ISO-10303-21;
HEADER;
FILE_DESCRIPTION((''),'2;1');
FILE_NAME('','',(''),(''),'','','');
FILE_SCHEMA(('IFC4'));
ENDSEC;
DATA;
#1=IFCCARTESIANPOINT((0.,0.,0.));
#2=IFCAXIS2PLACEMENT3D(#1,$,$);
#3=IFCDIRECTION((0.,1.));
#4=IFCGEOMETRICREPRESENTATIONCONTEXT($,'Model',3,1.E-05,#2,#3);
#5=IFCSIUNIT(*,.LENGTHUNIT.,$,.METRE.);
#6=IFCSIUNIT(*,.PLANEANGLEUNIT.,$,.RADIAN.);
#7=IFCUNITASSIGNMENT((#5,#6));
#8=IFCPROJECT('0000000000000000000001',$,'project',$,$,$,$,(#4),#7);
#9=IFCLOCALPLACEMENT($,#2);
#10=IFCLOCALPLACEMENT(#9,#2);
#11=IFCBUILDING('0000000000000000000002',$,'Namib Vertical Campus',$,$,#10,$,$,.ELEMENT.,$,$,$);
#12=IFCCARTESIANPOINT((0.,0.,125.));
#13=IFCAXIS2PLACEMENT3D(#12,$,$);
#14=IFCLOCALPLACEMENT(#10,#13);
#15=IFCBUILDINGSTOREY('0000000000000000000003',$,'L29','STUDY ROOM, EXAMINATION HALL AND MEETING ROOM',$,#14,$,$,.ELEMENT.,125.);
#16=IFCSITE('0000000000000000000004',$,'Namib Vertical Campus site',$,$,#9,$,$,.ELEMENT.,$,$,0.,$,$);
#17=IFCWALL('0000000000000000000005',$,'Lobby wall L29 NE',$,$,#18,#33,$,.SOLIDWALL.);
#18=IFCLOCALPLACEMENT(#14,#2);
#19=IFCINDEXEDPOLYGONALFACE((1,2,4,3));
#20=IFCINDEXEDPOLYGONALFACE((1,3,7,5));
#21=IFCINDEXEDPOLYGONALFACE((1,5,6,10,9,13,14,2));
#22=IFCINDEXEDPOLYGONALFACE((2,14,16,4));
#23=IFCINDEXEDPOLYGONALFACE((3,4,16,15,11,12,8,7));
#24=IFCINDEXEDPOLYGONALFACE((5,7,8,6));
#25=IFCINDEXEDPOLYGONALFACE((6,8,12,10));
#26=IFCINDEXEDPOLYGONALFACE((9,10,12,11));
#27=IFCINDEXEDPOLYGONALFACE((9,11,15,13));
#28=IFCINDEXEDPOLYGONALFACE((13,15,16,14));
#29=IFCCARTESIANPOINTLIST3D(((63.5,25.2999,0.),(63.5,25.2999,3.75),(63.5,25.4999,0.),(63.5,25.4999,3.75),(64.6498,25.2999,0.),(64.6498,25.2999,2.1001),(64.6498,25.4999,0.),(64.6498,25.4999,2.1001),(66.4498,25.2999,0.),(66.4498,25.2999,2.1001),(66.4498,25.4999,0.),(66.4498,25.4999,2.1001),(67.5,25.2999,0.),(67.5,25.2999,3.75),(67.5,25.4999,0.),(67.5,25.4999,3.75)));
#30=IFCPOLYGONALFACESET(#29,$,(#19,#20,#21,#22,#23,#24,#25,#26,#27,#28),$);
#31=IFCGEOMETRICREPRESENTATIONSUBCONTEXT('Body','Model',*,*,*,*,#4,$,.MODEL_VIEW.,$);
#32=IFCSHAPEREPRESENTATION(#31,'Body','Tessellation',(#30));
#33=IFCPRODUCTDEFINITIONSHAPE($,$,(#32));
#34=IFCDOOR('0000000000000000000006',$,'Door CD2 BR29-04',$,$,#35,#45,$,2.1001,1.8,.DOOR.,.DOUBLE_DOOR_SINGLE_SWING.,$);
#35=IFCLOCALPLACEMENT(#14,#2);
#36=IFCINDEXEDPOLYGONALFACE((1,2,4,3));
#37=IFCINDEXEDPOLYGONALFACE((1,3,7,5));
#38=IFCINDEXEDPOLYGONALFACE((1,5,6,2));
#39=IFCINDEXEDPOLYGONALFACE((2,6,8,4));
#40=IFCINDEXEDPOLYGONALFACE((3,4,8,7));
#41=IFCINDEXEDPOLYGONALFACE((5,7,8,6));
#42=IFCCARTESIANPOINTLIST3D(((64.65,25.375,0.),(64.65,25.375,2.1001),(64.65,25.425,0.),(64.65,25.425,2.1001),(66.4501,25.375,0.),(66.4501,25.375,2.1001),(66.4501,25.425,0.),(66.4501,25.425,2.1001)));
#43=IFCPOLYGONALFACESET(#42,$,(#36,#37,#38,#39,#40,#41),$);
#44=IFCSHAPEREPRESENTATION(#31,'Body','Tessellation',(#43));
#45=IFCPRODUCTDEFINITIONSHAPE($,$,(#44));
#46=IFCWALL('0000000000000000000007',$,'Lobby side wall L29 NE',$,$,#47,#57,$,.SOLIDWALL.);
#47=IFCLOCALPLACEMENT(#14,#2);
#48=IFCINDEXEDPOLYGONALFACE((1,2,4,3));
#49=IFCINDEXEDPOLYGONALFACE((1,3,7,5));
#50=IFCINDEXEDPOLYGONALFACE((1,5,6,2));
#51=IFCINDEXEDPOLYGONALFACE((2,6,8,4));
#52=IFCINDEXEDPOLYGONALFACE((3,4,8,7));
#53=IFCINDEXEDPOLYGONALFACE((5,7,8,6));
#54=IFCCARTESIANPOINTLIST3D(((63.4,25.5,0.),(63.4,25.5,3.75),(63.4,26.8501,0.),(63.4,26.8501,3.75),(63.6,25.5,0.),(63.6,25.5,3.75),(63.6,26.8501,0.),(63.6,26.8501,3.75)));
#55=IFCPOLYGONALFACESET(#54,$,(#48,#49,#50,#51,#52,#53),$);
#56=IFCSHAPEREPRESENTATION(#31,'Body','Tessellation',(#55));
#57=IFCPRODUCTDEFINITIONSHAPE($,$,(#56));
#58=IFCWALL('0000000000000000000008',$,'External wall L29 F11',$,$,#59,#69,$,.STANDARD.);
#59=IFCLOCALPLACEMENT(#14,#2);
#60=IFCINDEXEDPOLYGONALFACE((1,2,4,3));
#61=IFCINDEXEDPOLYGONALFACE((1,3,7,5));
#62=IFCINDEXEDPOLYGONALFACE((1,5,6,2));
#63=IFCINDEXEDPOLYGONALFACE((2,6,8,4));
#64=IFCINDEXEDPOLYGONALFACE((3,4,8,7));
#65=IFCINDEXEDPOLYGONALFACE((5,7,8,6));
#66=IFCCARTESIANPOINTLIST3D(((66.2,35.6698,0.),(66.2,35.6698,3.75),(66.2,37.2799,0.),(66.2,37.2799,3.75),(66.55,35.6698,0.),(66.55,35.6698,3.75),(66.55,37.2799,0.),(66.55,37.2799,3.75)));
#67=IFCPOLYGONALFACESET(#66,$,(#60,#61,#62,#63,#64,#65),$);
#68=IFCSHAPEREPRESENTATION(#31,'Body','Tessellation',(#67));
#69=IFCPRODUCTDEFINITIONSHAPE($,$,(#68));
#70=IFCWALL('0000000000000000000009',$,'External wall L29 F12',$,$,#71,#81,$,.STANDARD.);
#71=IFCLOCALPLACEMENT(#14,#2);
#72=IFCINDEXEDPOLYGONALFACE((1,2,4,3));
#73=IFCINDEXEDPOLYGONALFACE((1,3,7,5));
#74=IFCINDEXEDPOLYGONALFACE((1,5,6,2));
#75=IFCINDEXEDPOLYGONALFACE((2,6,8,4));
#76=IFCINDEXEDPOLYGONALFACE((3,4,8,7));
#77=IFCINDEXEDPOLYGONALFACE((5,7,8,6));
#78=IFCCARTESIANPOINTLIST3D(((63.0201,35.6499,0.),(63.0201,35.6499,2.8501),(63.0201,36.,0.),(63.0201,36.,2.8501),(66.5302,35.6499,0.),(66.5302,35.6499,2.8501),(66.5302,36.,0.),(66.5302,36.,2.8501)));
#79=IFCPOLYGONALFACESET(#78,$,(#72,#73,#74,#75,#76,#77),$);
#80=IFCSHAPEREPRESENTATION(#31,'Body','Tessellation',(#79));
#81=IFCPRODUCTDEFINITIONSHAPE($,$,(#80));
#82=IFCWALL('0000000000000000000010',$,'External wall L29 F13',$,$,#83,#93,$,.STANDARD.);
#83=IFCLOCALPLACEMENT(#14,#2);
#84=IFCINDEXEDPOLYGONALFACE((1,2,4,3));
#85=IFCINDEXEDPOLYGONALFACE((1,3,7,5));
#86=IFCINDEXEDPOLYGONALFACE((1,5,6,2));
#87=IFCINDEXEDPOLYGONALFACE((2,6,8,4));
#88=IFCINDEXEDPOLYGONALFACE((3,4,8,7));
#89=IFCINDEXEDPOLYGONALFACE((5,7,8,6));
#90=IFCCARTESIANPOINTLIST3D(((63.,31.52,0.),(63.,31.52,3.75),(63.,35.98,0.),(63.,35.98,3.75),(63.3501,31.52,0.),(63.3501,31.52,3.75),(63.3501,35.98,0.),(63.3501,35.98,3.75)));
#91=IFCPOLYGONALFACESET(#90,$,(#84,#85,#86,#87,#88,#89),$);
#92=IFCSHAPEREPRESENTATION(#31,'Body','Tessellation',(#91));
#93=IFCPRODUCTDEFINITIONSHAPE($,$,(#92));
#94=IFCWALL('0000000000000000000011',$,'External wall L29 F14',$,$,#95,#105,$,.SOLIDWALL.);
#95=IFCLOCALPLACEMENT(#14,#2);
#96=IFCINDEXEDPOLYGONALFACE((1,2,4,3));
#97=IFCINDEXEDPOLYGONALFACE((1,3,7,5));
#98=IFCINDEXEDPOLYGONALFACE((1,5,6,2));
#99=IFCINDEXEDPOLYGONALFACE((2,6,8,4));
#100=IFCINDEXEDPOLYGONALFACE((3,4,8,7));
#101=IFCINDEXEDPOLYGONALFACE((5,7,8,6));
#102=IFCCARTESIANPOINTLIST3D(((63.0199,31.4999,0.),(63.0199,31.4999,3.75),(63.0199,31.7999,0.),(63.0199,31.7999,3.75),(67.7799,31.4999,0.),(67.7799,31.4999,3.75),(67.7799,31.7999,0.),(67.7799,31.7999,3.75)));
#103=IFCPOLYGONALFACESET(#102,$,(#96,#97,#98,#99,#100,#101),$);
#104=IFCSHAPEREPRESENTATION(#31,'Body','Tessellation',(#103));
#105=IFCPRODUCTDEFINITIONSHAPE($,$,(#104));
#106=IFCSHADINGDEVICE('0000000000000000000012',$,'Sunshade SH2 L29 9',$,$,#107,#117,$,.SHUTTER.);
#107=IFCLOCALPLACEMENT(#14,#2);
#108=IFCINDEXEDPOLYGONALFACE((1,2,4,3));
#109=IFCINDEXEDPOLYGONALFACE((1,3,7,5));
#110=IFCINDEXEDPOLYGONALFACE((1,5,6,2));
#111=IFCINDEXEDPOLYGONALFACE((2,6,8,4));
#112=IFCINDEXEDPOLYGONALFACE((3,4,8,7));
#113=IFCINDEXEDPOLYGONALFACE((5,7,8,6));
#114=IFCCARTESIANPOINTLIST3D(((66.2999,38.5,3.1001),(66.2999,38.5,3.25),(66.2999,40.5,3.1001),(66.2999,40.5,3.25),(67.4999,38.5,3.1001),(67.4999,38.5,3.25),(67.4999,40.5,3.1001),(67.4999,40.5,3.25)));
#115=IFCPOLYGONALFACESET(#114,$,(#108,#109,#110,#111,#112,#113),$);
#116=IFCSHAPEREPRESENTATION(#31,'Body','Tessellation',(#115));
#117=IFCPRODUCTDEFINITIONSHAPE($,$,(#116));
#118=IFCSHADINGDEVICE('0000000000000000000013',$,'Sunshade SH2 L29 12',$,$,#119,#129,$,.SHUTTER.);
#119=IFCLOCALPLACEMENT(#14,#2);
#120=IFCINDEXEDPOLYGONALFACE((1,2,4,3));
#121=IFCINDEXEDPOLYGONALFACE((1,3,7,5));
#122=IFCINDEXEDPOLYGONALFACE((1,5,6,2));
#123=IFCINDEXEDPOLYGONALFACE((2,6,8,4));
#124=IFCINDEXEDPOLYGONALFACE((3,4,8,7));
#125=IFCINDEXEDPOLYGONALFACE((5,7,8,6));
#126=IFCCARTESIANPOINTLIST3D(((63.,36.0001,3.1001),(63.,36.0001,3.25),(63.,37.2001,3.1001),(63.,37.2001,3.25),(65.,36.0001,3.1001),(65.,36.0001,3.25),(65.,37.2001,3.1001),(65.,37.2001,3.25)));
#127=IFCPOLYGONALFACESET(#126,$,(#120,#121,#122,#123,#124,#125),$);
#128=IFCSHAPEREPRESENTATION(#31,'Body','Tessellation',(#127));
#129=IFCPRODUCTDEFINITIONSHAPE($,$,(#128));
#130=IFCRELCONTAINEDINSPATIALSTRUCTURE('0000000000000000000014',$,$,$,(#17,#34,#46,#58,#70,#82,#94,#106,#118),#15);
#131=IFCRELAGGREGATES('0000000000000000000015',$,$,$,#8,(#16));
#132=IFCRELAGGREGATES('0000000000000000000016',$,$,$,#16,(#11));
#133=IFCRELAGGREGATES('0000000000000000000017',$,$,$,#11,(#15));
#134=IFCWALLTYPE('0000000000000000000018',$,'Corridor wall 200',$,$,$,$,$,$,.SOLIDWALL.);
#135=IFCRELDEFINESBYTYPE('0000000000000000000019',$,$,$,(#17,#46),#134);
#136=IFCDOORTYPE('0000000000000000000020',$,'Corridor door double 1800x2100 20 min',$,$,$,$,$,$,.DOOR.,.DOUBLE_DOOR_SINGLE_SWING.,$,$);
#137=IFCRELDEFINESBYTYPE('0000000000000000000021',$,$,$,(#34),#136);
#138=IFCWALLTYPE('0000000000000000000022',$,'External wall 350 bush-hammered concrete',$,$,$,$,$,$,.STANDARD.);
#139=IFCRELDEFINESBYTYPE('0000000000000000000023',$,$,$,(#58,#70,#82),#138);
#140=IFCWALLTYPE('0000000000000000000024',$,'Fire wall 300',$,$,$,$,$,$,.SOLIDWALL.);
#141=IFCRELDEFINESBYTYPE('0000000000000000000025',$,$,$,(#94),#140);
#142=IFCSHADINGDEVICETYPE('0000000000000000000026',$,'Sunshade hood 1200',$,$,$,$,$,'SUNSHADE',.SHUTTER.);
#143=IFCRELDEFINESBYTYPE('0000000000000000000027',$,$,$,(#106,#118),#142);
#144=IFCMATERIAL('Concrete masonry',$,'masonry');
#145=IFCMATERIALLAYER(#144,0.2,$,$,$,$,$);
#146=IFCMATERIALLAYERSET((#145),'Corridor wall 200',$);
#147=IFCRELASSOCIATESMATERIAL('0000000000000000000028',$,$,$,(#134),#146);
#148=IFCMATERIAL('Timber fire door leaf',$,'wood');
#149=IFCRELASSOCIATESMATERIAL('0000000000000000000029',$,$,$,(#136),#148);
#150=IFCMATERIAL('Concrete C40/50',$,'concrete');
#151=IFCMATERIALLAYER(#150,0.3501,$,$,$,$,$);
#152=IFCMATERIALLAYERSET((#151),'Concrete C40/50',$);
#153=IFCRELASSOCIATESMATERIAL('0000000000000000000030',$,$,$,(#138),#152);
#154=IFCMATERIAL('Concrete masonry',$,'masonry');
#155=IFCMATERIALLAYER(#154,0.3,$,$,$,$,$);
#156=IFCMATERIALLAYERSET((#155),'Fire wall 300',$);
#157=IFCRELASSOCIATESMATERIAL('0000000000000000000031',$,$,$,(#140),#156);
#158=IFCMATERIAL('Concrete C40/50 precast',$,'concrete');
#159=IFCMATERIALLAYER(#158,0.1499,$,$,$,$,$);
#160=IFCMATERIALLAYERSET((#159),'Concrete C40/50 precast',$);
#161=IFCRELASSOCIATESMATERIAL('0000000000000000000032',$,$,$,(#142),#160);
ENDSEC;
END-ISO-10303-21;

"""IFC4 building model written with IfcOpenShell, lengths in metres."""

from ifc_helpers import new_model, si_unit, direction, frame, frame_2d, origin, origin_2d, place, context, subcontext, project, spatial, rectangle, extrude, material, layer, layer_set, type_object, element, fill, save


model = new_model("IFC4")

# Units and contexts
model_context = context("Model", 3, precision=1e-05, world=origin(), true_north=direction((0.0, 1.0)))
body_context = subcontext(model_context, "Body", "Model", "MODEL_VIEW")
ifc_project = project(units=[si_unit("LENGTHUNIT", "METRE"), si_unit("PLANEANGLEUNIT", "RADIAN")], contexts=[model_context])

# Site, building, storey
site_placement = place(None, origin())
site = spatial("IfcSite", under=ifc_project, at=site_placement, Name="Namib Vertical Campus site", CompositionType="ELEMENT", RefElevation=0.0)
building_placement = place(site_placement, origin())
building = spatial("IfcBuilding", under=site, at=building_placement, Name="Namib Vertical Campus", CompositionType="ELEMENT")
storey_placement = place(building_placement, frame((0.0, 0.0, 125.0)))
storey = spatial("IfcBuildingStorey", under=building, at=storey_placement, Name="L29", Description="STUDY ROOM, EXAMINATION HALL AND MEETING ROOM", CompositionType="ELEMENT", Elevation=125.0)

# Wall, opening, door
ifc_material_1 = material(Name="Concrete masonry", Category="masonry")
ifc_layer_1 = layer(ifc_material_1, 0.2)
ifc_layer_set_1 = layer_set([ifc_layer_1], Name="Corridor wall 200")
wall_type_1 = type_object("IfcWallType", Name="Corridor wall 200", PredefinedType="SOLIDWALL", material=ifc_layer_set_1)
wall_1_placement = place(storey_placement, frame((63.5, 25.3999, 0.0), z_axis=(0.0, 0.0, 1.0), x_axis=(1.0, 0.0, 0.0)))
wall_1 = element("IfcWall", 1, at=wall_1_placement, inside=storey, type_object=wall_type_1, Name="Lobby wall L29 NE", PredefinedType="SOLIDWALL", context=body_context, shape_type="SweptSolid", body=[
    extrude(rectangle(XDim=4.0, YDim=0.2, at=frame_2d((2.0, 0.0))), origin(), (0.0, 0.0, 1.0), 3.75),
])
opening_placement = place(wall_1_placement, frame((1.1499, 0.0, 0.0)))
opening = element("IfcOpeningElement", 2, at=opening_placement, cuts=wall_1, PredefinedType="OPENING", context=body_context, shape_type="SweptSolid", body=[
    extrude(rectangle(XDim=1.8, YDim=2.1001, at=frame_2d((0.8999, 1.05))), frame((0.0, 0.1099, 0.0), z_axis=(0.0, -1.0, 0.0), x_axis=(1.0, 0.0, 0.0)), (0.0, 0.0, 1.0), 0.22),
])
ifc_material_2 = material(Name="Timber fire door leaf", Category="wood")
door_type = type_object("IfcDoorType", Name="Corridor door double 1800x2100 20 min", OperationType="DOUBLE_DOOR_SINGLE_SWING", PredefinedType="DOOR", material=ifc_material_2)
door_placement = place(opening_placement, frame((1.8, 0.0, 0.0), z_axis=(0.0, 0.0, 1.0), x_axis=(-1.0, 0.0, 0.0)))
door = element("IfcDoor", 3, at=door_placement, inside=storey, type_object=door_type, Name="Door CD2 BR29-04", OperationType="DOUBLE_DOOR_SINGLE_SWING", OverallHeight=2.1001, OverallWidth=1.8, PredefinedType="DOOR", context=body_context, shape_type="SweptSolid", body=[
    extrude(rectangle(XDim=1.8, YDim=2.1001, at=frame_2d((0.8999, 1.05))), frame((0.0, 0.0249, 0.0), z_axis=(0.0, -1.0, 0.0), x_axis=(1.0, 0.0, 0.0)), (0.0, 0.0, 1.0), 0.05),
])
fill(opening, door)

# Walls
wall_2_placement = place(storey_placement, frame((63.5, 26.8501, 0.0), z_axis=(0.0, 0.0, 1.0), x_axis=(0.0, -1.0, 0.0)))
element("IfcWall", 4, at=wall_2_placement, inside=storey, type_object=wall_type_1, Name="Lobby side wall L29 NE", PredefinedType="SOLIDWALL", context=body_context, shape_type="SweptSolid", body=[
    extrude(rectangle(XDim=1.3501, YDim=0.2, at=frame_2d((0.675, 0.0))), origin(), (0.0, 0.0, 1.0), 3.75),
])
ifc_material_3 = material(Name="Concrete C40/50", Category="concrete")
ifc_layer_2 = layer(ifc_material_3, 0.3501)
ifc_layer_set_2 = layer_set([ifc_layer_2], Name="Concrete C40/50")
wall_type_2 = type_object("IfcWallType", Name="External wall 350 bush-hammered concrete", PredefinedType="STANDARD", material=ifc_layer_set_2)
wall_3_placement = place(storey_placement, frame((66.375, 37.28, 0.0), z_axis=(0.0, 0.0, 1.0), x_axis=(0.0, -1.0, 0.0)))
element("IfcWall", 5, at=wall_3_placement, inside=storey, type_object=wall_type_2, Name="External wall L29 F11", PredefinedType="STANDARD", context=body_context, shape_type="SweptSolid", body=[
    extrude(rectangle(XDim=1.6101, YDim=0.3501, at=frame_2d((0.8052, 0.0))), origin(), (0.0, 0.0, 1.0), 3.75),
])
wall_4_placement = place(storey_placement, frame((66.53, 35.825, 0.0), z_axis=(0.0, 0.0, 1.0), x_axis=(-1.0, 0.0, 0.0)))
element("IfcWall", 6, at=wall_4_placement, inside=storey, type_object=wall_type_2, Name="External wall L29 F12", PredefinedType="STANDARD", context=body_context, shape_type="SweptSolid", body=[
    extrude(rectangle(XDim=3.51, YDim=0.3501, at=frame_2d((1.7549, 0.0))), origin(), (0.0, 0.0, 1.0), 2.8501),
])
wall_5_placement = place(storey_placement, frame((63.175, 35.98, 0.0), z_axis=(0.0, 0.0, 1.0), x_axis=(0.0, -1.0, 0.0)))
element("IfcWall", 7, at=wall_5_placement, inside=storey, type_object=wall_type_2, Name="External wall L29 F13", PredefinedType="STANDARD", context=body_context, shape_type="SweptSolid", body=[
    extrude(rectangle(XDim=4.46, YDim=0.3501, at=frame_2d((2.23, 0.0))), origin(), (0.0, 0.0, 1.0), 3.75),
])
ifc_material_4 = material(Name="Concrete masonry", Category="masonry")
ifc_layer_3 = layer(ifc_material_4, 0.3)
ifc_layer_set_3 = layer_set([ifc_layer_3], Name="Fire wall 300")
wall_type_3 = type_object("IfcWallType", Name="Fire wall 300", PredefinedType="SOLIDWALL", material=ifc_layer_set_3)
wall_6_placement = place(storey_placement, frame((63.02, 31.6499, 0.0), z_axis=(0.0, 0.0, 1.0), x_axis=(1.0, 0.0, 0.0)))
element("IfcWall", 8, at=wall_6_placement, inside=storey, type_object=wall_type_3, Name="External wall L29 F14", PredefinedType="SOLIDWALL", context=body_context, shape_type="SweptSolid", body=[
    extrude(rectangle(XDim=4.76, YDim=0.3, at=frame_2d((2.3799, 0.0))), origin(), (0.0, 0.0, 1.0), 3.75),
])

# Shading devices
ifc_material_5 = material(Name="Concrete C40/50 precast", Category="concrete")
ifc_layer_4 = layer(ifc_material_5, 0.1499)
ifc_layer_set_4 = layer_set([ifc_layer_4], Name="Concrete C40/50 precast")
shading_device_type = type_object("IfcShadingDeviceType", Name="Sunshade hood 1200", ElementType="SUNSHADE", PredefinedType="SHUTTER", material=ifc_layer_set_4)
for number, where, z_axis, x_axis, name in (
    (9, (66.8999, 39.5, 3.1001), (0.0, 0.0, 1.0), (0.0, -1.0, 0.0), "Sunshade SH2 L29 9"),
    (10, (64.0, 36.6001, 3.1001), (0.0, 0.0, 1.0), (-1.0, 0.0, 0.0), "Sunshade SH2 L29 12"),
):
    element("IfcShadingDevice", number, at=place(storey_placement, frame(where, z_axis=z_axis, x_axis=x_axis)), inside=storey, type_object=shading_device_type, Name=name, PredefinedType="SHUTTER", context=body_context, shape_type="SweptSolid", body=[
        extrude(rectangle(XDim=2.0, YDim=1.2, at=origin_2d()), origin(), (0.0, 0.0, 1.0), 0.1499),
    ])

save(model, "model.ifc")
